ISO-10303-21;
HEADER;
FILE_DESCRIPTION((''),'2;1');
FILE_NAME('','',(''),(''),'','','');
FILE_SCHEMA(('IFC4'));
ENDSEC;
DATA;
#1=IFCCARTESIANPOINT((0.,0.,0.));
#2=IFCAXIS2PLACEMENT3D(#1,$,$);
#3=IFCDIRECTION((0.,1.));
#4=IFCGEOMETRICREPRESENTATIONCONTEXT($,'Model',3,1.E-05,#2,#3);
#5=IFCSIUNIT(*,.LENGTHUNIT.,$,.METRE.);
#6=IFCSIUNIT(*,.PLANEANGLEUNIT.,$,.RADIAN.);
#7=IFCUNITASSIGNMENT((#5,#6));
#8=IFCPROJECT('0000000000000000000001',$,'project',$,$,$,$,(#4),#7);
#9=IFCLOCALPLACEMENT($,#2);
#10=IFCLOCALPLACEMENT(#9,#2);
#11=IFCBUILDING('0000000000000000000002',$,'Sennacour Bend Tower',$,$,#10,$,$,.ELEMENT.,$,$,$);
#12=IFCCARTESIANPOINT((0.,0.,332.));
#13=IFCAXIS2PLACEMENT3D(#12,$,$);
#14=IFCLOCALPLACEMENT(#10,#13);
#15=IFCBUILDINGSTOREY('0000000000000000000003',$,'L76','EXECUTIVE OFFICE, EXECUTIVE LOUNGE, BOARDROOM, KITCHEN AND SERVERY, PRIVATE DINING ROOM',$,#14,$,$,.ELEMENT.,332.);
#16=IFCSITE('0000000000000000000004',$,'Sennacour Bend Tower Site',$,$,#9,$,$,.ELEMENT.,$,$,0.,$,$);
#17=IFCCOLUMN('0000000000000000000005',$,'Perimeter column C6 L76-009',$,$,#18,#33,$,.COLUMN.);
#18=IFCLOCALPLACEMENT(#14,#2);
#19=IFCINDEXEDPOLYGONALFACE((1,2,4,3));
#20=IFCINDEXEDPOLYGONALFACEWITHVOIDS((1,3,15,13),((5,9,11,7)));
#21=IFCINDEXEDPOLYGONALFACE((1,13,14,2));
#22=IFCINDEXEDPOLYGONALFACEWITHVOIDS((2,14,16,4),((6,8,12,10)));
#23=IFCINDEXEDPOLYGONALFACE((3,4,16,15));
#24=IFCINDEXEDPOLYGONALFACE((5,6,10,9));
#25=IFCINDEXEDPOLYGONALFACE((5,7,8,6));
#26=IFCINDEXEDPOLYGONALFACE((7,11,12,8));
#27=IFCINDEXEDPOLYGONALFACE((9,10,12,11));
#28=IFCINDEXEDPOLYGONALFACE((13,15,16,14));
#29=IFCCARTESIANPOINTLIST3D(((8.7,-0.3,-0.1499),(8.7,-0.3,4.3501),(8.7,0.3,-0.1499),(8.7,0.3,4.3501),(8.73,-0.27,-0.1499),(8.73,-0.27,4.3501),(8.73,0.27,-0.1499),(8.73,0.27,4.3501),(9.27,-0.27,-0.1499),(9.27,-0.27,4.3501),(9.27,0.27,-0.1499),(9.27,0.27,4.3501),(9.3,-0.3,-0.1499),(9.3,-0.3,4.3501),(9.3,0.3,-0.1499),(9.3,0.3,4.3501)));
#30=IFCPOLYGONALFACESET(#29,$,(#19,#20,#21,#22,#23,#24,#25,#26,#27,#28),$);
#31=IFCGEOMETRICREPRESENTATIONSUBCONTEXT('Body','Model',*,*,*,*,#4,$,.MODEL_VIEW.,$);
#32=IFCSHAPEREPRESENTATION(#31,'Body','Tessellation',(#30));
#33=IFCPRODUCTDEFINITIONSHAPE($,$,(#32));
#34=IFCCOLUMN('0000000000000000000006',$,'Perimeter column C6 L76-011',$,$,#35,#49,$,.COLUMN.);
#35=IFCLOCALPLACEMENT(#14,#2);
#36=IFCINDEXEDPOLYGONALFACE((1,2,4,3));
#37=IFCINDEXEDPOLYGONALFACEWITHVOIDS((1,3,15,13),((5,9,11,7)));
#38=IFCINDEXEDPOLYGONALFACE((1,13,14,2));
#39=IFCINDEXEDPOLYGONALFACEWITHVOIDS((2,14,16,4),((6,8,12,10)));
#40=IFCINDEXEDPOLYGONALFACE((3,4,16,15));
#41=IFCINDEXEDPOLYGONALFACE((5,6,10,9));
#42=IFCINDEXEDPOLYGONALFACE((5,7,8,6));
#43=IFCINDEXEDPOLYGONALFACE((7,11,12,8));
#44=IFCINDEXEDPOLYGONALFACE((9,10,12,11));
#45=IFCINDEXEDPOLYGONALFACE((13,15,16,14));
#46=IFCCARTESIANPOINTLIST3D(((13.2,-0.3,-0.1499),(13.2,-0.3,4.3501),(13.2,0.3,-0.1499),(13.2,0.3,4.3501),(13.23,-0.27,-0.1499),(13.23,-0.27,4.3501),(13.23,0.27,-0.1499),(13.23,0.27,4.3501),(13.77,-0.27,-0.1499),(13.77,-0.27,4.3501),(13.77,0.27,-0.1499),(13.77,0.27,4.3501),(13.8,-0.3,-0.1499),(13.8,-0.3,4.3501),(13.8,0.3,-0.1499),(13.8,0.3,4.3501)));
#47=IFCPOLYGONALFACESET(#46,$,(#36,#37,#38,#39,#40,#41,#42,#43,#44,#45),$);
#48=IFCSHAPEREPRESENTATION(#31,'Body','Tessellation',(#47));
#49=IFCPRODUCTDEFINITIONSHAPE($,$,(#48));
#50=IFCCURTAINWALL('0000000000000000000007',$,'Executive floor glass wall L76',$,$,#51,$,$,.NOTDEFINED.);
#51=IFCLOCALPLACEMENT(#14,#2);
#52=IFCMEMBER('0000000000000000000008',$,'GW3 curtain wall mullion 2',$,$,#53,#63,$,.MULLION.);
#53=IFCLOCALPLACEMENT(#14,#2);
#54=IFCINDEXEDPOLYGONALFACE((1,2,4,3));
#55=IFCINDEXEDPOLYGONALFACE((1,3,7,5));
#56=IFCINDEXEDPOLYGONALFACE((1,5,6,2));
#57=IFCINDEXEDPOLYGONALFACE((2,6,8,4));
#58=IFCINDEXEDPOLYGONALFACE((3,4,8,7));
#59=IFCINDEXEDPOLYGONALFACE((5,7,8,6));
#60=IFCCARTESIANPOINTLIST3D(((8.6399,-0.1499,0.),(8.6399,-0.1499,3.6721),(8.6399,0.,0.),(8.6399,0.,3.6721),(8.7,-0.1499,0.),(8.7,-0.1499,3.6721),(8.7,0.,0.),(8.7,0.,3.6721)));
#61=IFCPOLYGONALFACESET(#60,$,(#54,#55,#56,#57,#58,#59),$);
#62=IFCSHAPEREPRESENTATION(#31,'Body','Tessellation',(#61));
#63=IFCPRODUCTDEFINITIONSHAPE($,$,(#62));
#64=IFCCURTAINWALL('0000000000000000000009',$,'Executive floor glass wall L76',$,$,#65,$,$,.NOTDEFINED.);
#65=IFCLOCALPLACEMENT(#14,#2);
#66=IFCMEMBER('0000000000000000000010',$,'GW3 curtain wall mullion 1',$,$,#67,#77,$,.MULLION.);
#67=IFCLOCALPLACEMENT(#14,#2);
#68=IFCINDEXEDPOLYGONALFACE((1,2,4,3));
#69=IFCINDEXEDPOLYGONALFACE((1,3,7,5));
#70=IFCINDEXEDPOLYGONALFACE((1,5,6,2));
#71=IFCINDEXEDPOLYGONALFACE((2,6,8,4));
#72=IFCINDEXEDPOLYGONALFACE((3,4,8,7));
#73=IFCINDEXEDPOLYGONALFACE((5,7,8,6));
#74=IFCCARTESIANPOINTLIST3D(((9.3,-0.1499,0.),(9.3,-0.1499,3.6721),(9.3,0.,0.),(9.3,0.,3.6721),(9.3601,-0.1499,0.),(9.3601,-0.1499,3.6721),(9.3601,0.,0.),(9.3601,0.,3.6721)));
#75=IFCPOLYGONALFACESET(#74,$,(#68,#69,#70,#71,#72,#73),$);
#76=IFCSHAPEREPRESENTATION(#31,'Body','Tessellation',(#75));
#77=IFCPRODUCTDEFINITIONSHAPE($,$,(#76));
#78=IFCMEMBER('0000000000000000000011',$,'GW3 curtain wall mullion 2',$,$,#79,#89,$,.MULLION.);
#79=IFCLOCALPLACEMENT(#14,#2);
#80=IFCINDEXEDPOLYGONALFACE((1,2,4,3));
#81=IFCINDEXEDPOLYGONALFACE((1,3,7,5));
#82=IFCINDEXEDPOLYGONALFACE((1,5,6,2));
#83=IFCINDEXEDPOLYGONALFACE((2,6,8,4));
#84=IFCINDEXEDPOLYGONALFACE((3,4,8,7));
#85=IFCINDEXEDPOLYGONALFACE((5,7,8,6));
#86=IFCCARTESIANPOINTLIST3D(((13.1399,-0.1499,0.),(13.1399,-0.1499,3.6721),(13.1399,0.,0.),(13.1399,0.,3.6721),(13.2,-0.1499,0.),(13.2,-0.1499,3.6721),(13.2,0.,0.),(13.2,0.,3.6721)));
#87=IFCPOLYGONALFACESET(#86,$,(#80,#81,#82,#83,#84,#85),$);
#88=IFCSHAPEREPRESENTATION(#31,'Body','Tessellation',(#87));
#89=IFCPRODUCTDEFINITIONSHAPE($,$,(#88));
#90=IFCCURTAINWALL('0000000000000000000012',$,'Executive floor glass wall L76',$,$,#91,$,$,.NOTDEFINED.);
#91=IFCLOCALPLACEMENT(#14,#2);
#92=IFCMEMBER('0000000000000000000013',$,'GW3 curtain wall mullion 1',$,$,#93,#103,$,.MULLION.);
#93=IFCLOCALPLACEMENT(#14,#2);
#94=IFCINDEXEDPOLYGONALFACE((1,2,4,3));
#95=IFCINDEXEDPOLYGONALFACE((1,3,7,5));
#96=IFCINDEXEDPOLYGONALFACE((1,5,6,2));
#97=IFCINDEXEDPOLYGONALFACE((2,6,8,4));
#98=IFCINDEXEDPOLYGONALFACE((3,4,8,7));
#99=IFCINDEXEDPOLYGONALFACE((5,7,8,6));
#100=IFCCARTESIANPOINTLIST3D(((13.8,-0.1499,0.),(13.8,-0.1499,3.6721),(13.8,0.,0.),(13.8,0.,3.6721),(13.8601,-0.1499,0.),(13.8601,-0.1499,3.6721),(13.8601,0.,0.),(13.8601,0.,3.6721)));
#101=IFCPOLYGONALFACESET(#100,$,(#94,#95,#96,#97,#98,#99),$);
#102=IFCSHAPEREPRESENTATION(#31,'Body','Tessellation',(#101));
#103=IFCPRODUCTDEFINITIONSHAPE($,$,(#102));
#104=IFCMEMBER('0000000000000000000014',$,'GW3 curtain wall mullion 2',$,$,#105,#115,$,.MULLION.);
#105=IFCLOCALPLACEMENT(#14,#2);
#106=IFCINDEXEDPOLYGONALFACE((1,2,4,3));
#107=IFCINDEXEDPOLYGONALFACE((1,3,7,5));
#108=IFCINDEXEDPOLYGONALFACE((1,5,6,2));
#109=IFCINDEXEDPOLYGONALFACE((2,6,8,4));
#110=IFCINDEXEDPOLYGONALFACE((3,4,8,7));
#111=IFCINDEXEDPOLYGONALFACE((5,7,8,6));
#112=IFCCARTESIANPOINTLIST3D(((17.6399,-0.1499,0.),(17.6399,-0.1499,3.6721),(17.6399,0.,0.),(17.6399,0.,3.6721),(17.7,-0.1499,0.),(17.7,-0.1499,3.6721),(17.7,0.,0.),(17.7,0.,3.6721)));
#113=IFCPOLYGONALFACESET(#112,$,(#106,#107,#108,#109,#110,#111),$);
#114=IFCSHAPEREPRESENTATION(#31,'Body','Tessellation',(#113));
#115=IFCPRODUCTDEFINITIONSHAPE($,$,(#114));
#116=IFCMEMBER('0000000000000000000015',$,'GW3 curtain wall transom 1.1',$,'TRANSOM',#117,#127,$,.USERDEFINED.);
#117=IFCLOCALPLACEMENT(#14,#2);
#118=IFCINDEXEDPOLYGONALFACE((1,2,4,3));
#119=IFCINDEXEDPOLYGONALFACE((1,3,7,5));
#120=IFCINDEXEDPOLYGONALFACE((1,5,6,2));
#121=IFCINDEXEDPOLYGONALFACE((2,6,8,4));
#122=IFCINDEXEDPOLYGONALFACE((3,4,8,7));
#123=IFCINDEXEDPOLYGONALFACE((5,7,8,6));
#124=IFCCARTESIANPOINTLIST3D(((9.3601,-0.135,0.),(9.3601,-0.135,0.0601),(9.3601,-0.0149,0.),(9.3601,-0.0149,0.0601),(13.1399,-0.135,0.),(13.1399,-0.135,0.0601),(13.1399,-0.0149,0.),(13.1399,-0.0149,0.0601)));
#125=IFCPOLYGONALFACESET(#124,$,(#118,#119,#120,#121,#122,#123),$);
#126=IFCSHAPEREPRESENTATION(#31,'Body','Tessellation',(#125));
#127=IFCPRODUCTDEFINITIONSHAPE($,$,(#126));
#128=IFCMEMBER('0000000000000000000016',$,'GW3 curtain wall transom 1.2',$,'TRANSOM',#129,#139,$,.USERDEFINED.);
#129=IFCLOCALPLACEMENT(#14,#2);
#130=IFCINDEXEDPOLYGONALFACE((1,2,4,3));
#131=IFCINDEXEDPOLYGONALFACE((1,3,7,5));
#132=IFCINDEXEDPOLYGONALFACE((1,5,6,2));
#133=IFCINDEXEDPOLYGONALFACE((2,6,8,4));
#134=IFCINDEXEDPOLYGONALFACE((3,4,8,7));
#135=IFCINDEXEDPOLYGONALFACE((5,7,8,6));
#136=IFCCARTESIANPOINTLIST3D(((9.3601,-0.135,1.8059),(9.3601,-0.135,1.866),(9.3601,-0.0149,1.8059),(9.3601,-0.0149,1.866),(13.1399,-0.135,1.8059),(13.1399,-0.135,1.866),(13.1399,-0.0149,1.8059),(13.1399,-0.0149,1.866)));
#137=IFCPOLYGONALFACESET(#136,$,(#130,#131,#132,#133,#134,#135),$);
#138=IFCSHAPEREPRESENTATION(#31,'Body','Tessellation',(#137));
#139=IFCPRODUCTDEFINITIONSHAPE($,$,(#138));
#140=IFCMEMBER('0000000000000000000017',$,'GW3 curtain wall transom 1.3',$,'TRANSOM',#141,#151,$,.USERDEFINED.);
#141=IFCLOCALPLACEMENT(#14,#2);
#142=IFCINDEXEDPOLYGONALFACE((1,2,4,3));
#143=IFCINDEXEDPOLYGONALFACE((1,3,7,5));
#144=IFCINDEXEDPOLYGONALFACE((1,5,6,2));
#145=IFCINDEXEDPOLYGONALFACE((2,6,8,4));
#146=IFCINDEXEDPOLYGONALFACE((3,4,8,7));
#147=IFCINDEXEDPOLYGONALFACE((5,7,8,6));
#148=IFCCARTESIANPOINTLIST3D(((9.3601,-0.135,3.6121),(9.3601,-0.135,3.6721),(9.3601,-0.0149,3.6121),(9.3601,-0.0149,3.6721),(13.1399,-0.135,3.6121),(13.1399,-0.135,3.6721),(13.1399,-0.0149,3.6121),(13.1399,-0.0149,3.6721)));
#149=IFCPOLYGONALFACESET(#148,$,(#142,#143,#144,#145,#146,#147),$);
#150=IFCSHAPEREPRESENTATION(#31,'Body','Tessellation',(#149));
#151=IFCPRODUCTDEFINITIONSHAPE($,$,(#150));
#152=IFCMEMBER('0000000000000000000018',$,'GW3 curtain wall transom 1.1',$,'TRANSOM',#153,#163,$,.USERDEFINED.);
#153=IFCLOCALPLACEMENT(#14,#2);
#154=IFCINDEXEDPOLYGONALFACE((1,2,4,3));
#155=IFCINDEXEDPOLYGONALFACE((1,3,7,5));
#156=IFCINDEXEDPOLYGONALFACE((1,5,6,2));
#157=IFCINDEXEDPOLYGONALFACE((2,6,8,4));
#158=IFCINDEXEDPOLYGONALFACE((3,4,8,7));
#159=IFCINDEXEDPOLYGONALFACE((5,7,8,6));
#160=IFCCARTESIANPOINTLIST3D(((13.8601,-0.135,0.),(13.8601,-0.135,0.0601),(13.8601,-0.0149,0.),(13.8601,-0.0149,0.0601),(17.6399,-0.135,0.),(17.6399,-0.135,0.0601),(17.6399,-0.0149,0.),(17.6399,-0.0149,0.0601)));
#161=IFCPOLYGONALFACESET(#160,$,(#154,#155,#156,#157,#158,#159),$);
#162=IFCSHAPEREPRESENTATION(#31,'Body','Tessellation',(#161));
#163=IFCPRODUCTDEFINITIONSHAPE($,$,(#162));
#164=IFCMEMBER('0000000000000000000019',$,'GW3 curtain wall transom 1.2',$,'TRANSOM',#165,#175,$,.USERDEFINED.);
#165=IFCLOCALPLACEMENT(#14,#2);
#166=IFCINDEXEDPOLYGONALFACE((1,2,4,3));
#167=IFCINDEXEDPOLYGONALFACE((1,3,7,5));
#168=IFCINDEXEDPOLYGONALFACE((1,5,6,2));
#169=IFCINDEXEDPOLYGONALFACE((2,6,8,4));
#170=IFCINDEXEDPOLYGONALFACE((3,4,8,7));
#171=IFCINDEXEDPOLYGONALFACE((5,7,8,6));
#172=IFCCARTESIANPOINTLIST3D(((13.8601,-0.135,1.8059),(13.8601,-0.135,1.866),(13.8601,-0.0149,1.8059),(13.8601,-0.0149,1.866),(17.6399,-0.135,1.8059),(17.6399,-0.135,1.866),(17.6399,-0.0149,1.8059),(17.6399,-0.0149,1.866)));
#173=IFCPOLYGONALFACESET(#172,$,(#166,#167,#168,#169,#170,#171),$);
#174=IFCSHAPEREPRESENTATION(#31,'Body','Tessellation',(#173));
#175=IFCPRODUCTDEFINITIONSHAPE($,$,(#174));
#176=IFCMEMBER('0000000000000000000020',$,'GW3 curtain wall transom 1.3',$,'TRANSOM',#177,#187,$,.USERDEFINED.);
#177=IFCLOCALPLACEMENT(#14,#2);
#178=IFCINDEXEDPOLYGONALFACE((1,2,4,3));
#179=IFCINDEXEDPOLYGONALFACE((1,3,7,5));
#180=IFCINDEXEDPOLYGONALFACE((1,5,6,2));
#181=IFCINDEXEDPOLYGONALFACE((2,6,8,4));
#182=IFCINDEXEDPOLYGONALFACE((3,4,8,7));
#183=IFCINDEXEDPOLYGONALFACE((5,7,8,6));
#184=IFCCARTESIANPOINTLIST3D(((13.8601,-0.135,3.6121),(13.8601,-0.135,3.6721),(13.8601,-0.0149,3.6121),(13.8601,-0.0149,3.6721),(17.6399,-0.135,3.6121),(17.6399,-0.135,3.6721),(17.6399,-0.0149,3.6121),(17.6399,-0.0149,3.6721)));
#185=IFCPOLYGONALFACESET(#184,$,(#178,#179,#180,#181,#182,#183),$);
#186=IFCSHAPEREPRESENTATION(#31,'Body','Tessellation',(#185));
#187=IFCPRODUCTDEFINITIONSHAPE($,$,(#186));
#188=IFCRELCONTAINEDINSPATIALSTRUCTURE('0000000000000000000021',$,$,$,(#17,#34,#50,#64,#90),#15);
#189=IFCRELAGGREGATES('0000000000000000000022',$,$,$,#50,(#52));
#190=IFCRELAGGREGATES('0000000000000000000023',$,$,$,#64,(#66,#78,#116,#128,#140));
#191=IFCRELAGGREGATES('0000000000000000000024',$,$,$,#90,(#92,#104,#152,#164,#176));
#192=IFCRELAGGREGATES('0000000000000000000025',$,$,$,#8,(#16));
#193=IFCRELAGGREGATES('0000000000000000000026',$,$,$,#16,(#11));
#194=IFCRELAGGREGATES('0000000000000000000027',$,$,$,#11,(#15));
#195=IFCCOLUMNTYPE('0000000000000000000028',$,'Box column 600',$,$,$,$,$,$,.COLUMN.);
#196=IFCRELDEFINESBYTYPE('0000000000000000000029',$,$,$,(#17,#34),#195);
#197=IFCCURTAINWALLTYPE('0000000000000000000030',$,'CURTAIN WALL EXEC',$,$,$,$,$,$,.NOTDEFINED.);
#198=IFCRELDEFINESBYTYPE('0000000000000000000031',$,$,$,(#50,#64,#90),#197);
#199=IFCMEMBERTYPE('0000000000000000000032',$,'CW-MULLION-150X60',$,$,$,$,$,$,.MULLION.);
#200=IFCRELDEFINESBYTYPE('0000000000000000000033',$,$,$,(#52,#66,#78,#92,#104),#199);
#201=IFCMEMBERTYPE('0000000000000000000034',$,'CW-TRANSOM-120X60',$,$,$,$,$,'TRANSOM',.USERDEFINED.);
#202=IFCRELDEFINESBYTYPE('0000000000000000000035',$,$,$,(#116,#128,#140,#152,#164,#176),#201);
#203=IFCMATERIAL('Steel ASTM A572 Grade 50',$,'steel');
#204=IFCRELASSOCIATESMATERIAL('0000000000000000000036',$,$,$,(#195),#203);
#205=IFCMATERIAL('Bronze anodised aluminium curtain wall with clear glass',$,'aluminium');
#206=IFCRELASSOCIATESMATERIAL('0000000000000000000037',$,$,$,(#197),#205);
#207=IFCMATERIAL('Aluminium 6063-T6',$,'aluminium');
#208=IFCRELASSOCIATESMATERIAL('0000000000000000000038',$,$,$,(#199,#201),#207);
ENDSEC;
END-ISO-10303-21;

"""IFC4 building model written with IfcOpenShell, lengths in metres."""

from ifc_helpers import new_model, si_unit, direction, frame, origin, origin_2d, place, context, subcontext, project, spatial, rectangle, hollow_rectangle, extrude, material, material_profile, profile_set, type_object, element, aggregate, save


model = new_model("IFC4")

# Units and contexts
model_context = context("Model", 3, precision=1e-05, world=origin(), true_north=direction((0.0, 1.0)))
body_context = subcontext(model_context, "Body", "Model", "MODEL_VIEW")
ifc_project = project(units=[si_unit("LENGTHUNIT", "METRE"), si_unit("PLANEANGLEUNIT", "RADIAN")], contexts=[model_context])

# Site, building, storey
site_placement = place(None, origin())
site = spatial("IfcSite", under=ifc_project, at=site_placement, Name="Sennacour Bend Tower Site", CompositionType="ELEMENT", RefElevation=0.0)
building_placement = place(site_placement, origin())
building = spatial("IfcBuilding", under=site, at=building_placement, Name="Sennacour Bend Tower", CompositionType="ELEMENT")
storey_placement = place(building_placement, frame((0.0, 0.0, 332.0)))
storey = spatial("IfcBuildingStorey", under=building, at=storey_placement, Name="L76", Description="EXECUTIVE OFFICE, EXECUTIVE LOUNGE, BOARDROOM, KITCHEN AND SERVERY, PRIVATE DINING ROOM", CompositionType="ELEMENT", Elevation=332.0)

# Columns
ifc_material_1 = material(Name="Steel ASTM A572 Grade 50", Category="steel")
ifc_material_profile_1 = material_profile(ifc_material_1, hollow_rectangle(XDim=0.6001, YDim=0.6001, WallThickness=0.03, at=origin_2d()), Name="Steel ASTM A572 Grade 50", Category="steel")
ifc_profile_set_1 = profile_set([ifc_material_profile_1], Name="Steel ASTM A572 Grade 50")
column_type = type_object("IfcColumnType", Name="Box column 600", PredefinedType="COLUMN", material=ifc_profile_set_1)
for number, where, z_axis, x_axis, name in (
    (1, (9.0, 0.0, -0.1499), (0.0, 0.0, 1.0), (1.0, 0.0, 0.0), "Perimeter column C6 L76-009"),
    (2, (13.5, 0.0, -0.1499), (0.0, 0.0, 1.0), (1.0, 0.0, 0.0), "Perimeter column C6 L76-011"),
):
    element("IfcColumn", number, at=place(storey_placement, frame(where, z_axis=z_axis, x_axis=x_axis)), inside=storey, type_object=column_type, Name=name, PredefinedType="COLUMN", context=body_context, shape_type="SweptSolid", body=[
        extrude(hollow_rectangle(XDim=0.6001, YDim=0.6001, WallThickness=0.03, at=origin_2d()), origin(), (0.0, 0.0, 1.0), 4.5),
    ])

# Curtain wall, member
ifc_material_2 = material(Name="Bronze anodised aluminium curtain wall with clear glass", Category="aluminium")
curtain_wall_type = type_object("IfcCurtainWallType", Name="CURTAIN WALL EXEC", PredefinedType="NOTDEFINED", material=ifc_material_2)
curtain_wall_1_placement = place(storey_placement, origin())
curtain_wall_1 = element("IfcCurtainWall", 3, at=curtain_wall_1_placement, inside=storey, type_object=curtain_wall_type, Name="Executive floor glass wall L76", PredefinedType="NOTDEFINED")
ifc_material_3 = material(Name="Aluminium 6063-T6", Category="aluminium")
ifc_material_profile_2 = material_profile(ifc_material_3, rectangle(XDim=0.1499, YDim=0.0601, at=origin_2d()), Name="Aluminium 6063-T6", Category="aluminium")
ifc_profile_set_2 = profile_set([ifc_material_profile_2], Name="Aluminium 6063-T6")
member_type_1 = type_object("IfcMemberType", Name="CW-MULLION-150X60", PredefinedType="MULLION", material=ifc_profile_set_2)
member_1_placement = place(storey_placement, frame((8.6699, -0.075, 0.0), z_axis=(0.0, 0.0, 1.0), x_axis=(0.0, 1.0, 0.0)))
member_1 = element("IfcMember", 4, at=member_1_placement, type_object=member_type_1, Name="GW3 curtain wall mullion 2", PredefinedType="MULLION", context=body_context, shape_type="SweptSolid", body=[
    extrude(rectangle(XDim=0.1499, YDim=0.0601, at=origin_2d()), origin(), (0.0, 0.0, 1.0), 3.6721),
])
aggregate(curtain_wall_1, [member_1])

# Curtain walls, members
curtain_wall_2_placement = place(storey_placement, origin())
curtain_wall_2 = element("IfcCurtainWall", 5, at=curtain_wall_2_placement, inside=storey, type_object=curtain_wall_type, Name="Executive floor glass wall L76", PredefinedType="NOTDEFINED")
member_2_placement = place(storey_placement, frame((9.3301, -0.075, 0.0), z_axis=(0.0, 0.0, 1.0), x_axis=(0.0, 1.0, 0.0)))
member_2 = element("IfcMember", 6, at=member_2_placement, type_object=member_type_1, Name="GW3 curtain wall mullion 1", PredefinedType="MULLION", context=body_context, shape_type="SweptSolid", body=[
    extrude(rectangle(XDim=0.1499, YDim=0.0601, at=origin_2d()), origin(), (0.0, 0.0, 1.0), 3.6721),
])
member_3_placement = place(storey_placement, frame((13.1699, -0.075, 0.0), z_axis=(0.0, 0.0, 1.0), x_axis=(0.0, 1.0, 0.0)))
member_3 = element("IfcMember", 7, at=member_3_placement, type_object=member_type_1, Name="GW3 curtain wall mullion 2", PredefinedType="MULLION", context=body_context, shape_type="SweptSolid", body=[
    extrude(rectangle(XDim=0.1499, YDim=0.0601, at=origin_2d()), origin(), (0.0, 0.0, 1.0), 3.6721),
])
curtain_wall_3_placement = place(storey_placement, origin())
curtain_wall_3 = element("IfcCurtainWall", 8, at=curtain_wall_3_placement, inside=storey, type_object=curtain_wall_type, Name="Executive floor glass wall L76", PredefinedType="NOTDEFINED")
member_4_placement = place(storey_placement, frame((13.8301, -0.075, 0.0), z_axis=(0.0, 0.0, 1.0), x_axis=(0.0, 1.0, 0.0)))
member_4 = element("IfcMember", 9, at=member_4_placement, type_object=member_type_1, Name="GW3 curtain wall mullion 1", PredefinedType="MULLION", context=body_context, shape_type="SweptSolid", body=[
    extrude(rectangle(XDim=0.1499, YDim=0.0601, at=origin_2d()), origin(), (0.0, 0.0, 1.0), 3.6721),
])
member_5_placement = place(storey_placement, frame((17.6699, -0.075, 0.0), z_axis=(0.0, 0.0, 1.0), x_axis=(0.0, 1.0, 0.0)))
member_5 = element("IfcMember", 10, at=member_5_placement, type_object=member_type_1, Name="GW3 curtain wall mullion 2", PredefinedType="MULLION", context=body_context, shape_type="SweptSolid", body=[
    extrude(rectangle(XDim=0.1499, YDim=0.0601, at=origin_2d()), origin(), (0.0, 0.0, 1.0), 3.6721),
])

# Members
ifc_material_profile_3 = material_profile(ifc_material_3, rectangle(XDim=0.1201, YDim=0.0601, at=origin_2d()), Name="Aluminium 6063-T6", Category="aluminium")
ifc_profile_set_3 = profile_set([ifc_material_profile_3], Name="Aluminium 6063-T6")
member_type_2 = type_object("IfcMemberType", Name="CW-TRANSOM-120X60", ElementType="TRANSOM", PredefinedType="USERDEFINED", material=ifc_profile_set_3)
member_6_placement = place(storey_placement, frame((9.3601, -0.075, 0.03), z_axis=(1.0, 0.0, 0.0), x_axis=(0.0, 1.0, 0.0)))
member_6 = element("IfcMember", 11, at=member_6_placement, type_object=member_type_2, Name="GW3 curtain wall transom 1.1", ObjectType="TRANSOM", PredefinedType="USERDEFINED", context=body_context, shape_type="SweptSolid", body=[
    extrude(rectangle(XDim=0.1201, YDim=0.0601, at=origin_2d()), origin(), (0.0, 0.0, 1.0), 3.7798),
])
member_7_placement = place(storey_placement, frame((9.3601, -0.075, 1.8359), z_axis=(1.0, 0.0, 0.0), x_axis=(0.0, 1.0, 0.0)))
member_7 = element("IfcMember", 12, at=member_7_placement, type_object=member_type_2, Name="GW3 curtain wall transom 1.2", ObjectType="TRANSOM", PredefinedType="USERDEFINED", context=body_context, shape_type="SweptSolid", body=[
    extrude(rectangle(XDim=0.1201, YDim=0.0601, at=origin_2d()), origin(), (0.0, 0.0, 1.0), 3.7798),
])
member_8_placement = place(storey_placement, frame((9.3601, -0.075, 3.6421), z_axis=(1.0, 0.0, 0.0), x_axis=(0.0, 1.0, 0.0)))
member_8 = element("IfcMember", 13, at=member_8_placement, type_object=member_type_2, Name="GW3 curtain wall transom 1.3", ObjectType="TRANSOM", PredefinedType="USERDEFINED", context=body_context, shape_type="SweptSolid", body=[
    extrude(rectangle(XDim=0.1201, YDim=0.0601, at=origin_2d()), origin(), (0.0, 0.0, 1.0), 3.7798),
])
member_9_placement = place(storey_placement, frame((13.8601, -0.075, 0.03), z_axis=(1.0, 0.0, 0.0), x_axis=(0.0, 1.0, 0.0)))
member_9 = element("IfcMember", 14, at=member_9_placement, type_object=member_type_2, Name="GW3 curtain wall transom 1.1", ObjectType="TRANSOM", PredefinedType="USERDEFINED", context=body_context, shape_type="SweptSolid", body=[
    extrude(rectangle(XDim=0.1201, YDim=0.0601, at=origin_2d()), origin(), (0.0, 0.0, 1.0), 3.7798),
])
member_10_placement = place(storey_placement, frame((13.8601, -0.075, 1.8359), z_axis=(1.0, 0.0, 0.0), x_axis=(0.0, 1.0, 0.0)))
member_10 = element("IfcMember", 15, at=member_10_placement, type_object=member_type_2, Name="GW3 curtain wall transom 1.2", ObjectType="TRANSOM", PredefinedType="USERDEFINED", context=body_context, shape_type="SweptSolid", body=[
    extrude(rectangle(XDim=0.1201, YDim=0.0601, at=origin_2d()), origin(), (0.0, 0.0, 1.0), 3.7798),
])
member_11_placement = place(storey_placement, frame((13.8601, -0.075, 3.6421), z_axis=(1.0, 0.0, 0.0), x_axis=(0.0, 1.0, 0.0)))
member_11 = element("IfcMember", 16, at=member_11_placement, type_object=member_type_2, Name="GW3 curtain wall transom 1.3", ObjectType="TRANSOM", PredefinedType="USERDEFINED", context=body_context, shape_type="SweptSolid", body=[
    extrude(rectangle(XDim=0.1201, YDim=0.0601, at=origin_2d()), origin(), (0.0, 0.0, 1.0), 3.7798),
])

aggregate(curtain_wall_2, [member_2, member_3, member_6, member_7, member_8])
aggregate(curtain_wall_3, [member_4, member_5, member_9, member_10, member_11])

save(model, "model.ifc")
